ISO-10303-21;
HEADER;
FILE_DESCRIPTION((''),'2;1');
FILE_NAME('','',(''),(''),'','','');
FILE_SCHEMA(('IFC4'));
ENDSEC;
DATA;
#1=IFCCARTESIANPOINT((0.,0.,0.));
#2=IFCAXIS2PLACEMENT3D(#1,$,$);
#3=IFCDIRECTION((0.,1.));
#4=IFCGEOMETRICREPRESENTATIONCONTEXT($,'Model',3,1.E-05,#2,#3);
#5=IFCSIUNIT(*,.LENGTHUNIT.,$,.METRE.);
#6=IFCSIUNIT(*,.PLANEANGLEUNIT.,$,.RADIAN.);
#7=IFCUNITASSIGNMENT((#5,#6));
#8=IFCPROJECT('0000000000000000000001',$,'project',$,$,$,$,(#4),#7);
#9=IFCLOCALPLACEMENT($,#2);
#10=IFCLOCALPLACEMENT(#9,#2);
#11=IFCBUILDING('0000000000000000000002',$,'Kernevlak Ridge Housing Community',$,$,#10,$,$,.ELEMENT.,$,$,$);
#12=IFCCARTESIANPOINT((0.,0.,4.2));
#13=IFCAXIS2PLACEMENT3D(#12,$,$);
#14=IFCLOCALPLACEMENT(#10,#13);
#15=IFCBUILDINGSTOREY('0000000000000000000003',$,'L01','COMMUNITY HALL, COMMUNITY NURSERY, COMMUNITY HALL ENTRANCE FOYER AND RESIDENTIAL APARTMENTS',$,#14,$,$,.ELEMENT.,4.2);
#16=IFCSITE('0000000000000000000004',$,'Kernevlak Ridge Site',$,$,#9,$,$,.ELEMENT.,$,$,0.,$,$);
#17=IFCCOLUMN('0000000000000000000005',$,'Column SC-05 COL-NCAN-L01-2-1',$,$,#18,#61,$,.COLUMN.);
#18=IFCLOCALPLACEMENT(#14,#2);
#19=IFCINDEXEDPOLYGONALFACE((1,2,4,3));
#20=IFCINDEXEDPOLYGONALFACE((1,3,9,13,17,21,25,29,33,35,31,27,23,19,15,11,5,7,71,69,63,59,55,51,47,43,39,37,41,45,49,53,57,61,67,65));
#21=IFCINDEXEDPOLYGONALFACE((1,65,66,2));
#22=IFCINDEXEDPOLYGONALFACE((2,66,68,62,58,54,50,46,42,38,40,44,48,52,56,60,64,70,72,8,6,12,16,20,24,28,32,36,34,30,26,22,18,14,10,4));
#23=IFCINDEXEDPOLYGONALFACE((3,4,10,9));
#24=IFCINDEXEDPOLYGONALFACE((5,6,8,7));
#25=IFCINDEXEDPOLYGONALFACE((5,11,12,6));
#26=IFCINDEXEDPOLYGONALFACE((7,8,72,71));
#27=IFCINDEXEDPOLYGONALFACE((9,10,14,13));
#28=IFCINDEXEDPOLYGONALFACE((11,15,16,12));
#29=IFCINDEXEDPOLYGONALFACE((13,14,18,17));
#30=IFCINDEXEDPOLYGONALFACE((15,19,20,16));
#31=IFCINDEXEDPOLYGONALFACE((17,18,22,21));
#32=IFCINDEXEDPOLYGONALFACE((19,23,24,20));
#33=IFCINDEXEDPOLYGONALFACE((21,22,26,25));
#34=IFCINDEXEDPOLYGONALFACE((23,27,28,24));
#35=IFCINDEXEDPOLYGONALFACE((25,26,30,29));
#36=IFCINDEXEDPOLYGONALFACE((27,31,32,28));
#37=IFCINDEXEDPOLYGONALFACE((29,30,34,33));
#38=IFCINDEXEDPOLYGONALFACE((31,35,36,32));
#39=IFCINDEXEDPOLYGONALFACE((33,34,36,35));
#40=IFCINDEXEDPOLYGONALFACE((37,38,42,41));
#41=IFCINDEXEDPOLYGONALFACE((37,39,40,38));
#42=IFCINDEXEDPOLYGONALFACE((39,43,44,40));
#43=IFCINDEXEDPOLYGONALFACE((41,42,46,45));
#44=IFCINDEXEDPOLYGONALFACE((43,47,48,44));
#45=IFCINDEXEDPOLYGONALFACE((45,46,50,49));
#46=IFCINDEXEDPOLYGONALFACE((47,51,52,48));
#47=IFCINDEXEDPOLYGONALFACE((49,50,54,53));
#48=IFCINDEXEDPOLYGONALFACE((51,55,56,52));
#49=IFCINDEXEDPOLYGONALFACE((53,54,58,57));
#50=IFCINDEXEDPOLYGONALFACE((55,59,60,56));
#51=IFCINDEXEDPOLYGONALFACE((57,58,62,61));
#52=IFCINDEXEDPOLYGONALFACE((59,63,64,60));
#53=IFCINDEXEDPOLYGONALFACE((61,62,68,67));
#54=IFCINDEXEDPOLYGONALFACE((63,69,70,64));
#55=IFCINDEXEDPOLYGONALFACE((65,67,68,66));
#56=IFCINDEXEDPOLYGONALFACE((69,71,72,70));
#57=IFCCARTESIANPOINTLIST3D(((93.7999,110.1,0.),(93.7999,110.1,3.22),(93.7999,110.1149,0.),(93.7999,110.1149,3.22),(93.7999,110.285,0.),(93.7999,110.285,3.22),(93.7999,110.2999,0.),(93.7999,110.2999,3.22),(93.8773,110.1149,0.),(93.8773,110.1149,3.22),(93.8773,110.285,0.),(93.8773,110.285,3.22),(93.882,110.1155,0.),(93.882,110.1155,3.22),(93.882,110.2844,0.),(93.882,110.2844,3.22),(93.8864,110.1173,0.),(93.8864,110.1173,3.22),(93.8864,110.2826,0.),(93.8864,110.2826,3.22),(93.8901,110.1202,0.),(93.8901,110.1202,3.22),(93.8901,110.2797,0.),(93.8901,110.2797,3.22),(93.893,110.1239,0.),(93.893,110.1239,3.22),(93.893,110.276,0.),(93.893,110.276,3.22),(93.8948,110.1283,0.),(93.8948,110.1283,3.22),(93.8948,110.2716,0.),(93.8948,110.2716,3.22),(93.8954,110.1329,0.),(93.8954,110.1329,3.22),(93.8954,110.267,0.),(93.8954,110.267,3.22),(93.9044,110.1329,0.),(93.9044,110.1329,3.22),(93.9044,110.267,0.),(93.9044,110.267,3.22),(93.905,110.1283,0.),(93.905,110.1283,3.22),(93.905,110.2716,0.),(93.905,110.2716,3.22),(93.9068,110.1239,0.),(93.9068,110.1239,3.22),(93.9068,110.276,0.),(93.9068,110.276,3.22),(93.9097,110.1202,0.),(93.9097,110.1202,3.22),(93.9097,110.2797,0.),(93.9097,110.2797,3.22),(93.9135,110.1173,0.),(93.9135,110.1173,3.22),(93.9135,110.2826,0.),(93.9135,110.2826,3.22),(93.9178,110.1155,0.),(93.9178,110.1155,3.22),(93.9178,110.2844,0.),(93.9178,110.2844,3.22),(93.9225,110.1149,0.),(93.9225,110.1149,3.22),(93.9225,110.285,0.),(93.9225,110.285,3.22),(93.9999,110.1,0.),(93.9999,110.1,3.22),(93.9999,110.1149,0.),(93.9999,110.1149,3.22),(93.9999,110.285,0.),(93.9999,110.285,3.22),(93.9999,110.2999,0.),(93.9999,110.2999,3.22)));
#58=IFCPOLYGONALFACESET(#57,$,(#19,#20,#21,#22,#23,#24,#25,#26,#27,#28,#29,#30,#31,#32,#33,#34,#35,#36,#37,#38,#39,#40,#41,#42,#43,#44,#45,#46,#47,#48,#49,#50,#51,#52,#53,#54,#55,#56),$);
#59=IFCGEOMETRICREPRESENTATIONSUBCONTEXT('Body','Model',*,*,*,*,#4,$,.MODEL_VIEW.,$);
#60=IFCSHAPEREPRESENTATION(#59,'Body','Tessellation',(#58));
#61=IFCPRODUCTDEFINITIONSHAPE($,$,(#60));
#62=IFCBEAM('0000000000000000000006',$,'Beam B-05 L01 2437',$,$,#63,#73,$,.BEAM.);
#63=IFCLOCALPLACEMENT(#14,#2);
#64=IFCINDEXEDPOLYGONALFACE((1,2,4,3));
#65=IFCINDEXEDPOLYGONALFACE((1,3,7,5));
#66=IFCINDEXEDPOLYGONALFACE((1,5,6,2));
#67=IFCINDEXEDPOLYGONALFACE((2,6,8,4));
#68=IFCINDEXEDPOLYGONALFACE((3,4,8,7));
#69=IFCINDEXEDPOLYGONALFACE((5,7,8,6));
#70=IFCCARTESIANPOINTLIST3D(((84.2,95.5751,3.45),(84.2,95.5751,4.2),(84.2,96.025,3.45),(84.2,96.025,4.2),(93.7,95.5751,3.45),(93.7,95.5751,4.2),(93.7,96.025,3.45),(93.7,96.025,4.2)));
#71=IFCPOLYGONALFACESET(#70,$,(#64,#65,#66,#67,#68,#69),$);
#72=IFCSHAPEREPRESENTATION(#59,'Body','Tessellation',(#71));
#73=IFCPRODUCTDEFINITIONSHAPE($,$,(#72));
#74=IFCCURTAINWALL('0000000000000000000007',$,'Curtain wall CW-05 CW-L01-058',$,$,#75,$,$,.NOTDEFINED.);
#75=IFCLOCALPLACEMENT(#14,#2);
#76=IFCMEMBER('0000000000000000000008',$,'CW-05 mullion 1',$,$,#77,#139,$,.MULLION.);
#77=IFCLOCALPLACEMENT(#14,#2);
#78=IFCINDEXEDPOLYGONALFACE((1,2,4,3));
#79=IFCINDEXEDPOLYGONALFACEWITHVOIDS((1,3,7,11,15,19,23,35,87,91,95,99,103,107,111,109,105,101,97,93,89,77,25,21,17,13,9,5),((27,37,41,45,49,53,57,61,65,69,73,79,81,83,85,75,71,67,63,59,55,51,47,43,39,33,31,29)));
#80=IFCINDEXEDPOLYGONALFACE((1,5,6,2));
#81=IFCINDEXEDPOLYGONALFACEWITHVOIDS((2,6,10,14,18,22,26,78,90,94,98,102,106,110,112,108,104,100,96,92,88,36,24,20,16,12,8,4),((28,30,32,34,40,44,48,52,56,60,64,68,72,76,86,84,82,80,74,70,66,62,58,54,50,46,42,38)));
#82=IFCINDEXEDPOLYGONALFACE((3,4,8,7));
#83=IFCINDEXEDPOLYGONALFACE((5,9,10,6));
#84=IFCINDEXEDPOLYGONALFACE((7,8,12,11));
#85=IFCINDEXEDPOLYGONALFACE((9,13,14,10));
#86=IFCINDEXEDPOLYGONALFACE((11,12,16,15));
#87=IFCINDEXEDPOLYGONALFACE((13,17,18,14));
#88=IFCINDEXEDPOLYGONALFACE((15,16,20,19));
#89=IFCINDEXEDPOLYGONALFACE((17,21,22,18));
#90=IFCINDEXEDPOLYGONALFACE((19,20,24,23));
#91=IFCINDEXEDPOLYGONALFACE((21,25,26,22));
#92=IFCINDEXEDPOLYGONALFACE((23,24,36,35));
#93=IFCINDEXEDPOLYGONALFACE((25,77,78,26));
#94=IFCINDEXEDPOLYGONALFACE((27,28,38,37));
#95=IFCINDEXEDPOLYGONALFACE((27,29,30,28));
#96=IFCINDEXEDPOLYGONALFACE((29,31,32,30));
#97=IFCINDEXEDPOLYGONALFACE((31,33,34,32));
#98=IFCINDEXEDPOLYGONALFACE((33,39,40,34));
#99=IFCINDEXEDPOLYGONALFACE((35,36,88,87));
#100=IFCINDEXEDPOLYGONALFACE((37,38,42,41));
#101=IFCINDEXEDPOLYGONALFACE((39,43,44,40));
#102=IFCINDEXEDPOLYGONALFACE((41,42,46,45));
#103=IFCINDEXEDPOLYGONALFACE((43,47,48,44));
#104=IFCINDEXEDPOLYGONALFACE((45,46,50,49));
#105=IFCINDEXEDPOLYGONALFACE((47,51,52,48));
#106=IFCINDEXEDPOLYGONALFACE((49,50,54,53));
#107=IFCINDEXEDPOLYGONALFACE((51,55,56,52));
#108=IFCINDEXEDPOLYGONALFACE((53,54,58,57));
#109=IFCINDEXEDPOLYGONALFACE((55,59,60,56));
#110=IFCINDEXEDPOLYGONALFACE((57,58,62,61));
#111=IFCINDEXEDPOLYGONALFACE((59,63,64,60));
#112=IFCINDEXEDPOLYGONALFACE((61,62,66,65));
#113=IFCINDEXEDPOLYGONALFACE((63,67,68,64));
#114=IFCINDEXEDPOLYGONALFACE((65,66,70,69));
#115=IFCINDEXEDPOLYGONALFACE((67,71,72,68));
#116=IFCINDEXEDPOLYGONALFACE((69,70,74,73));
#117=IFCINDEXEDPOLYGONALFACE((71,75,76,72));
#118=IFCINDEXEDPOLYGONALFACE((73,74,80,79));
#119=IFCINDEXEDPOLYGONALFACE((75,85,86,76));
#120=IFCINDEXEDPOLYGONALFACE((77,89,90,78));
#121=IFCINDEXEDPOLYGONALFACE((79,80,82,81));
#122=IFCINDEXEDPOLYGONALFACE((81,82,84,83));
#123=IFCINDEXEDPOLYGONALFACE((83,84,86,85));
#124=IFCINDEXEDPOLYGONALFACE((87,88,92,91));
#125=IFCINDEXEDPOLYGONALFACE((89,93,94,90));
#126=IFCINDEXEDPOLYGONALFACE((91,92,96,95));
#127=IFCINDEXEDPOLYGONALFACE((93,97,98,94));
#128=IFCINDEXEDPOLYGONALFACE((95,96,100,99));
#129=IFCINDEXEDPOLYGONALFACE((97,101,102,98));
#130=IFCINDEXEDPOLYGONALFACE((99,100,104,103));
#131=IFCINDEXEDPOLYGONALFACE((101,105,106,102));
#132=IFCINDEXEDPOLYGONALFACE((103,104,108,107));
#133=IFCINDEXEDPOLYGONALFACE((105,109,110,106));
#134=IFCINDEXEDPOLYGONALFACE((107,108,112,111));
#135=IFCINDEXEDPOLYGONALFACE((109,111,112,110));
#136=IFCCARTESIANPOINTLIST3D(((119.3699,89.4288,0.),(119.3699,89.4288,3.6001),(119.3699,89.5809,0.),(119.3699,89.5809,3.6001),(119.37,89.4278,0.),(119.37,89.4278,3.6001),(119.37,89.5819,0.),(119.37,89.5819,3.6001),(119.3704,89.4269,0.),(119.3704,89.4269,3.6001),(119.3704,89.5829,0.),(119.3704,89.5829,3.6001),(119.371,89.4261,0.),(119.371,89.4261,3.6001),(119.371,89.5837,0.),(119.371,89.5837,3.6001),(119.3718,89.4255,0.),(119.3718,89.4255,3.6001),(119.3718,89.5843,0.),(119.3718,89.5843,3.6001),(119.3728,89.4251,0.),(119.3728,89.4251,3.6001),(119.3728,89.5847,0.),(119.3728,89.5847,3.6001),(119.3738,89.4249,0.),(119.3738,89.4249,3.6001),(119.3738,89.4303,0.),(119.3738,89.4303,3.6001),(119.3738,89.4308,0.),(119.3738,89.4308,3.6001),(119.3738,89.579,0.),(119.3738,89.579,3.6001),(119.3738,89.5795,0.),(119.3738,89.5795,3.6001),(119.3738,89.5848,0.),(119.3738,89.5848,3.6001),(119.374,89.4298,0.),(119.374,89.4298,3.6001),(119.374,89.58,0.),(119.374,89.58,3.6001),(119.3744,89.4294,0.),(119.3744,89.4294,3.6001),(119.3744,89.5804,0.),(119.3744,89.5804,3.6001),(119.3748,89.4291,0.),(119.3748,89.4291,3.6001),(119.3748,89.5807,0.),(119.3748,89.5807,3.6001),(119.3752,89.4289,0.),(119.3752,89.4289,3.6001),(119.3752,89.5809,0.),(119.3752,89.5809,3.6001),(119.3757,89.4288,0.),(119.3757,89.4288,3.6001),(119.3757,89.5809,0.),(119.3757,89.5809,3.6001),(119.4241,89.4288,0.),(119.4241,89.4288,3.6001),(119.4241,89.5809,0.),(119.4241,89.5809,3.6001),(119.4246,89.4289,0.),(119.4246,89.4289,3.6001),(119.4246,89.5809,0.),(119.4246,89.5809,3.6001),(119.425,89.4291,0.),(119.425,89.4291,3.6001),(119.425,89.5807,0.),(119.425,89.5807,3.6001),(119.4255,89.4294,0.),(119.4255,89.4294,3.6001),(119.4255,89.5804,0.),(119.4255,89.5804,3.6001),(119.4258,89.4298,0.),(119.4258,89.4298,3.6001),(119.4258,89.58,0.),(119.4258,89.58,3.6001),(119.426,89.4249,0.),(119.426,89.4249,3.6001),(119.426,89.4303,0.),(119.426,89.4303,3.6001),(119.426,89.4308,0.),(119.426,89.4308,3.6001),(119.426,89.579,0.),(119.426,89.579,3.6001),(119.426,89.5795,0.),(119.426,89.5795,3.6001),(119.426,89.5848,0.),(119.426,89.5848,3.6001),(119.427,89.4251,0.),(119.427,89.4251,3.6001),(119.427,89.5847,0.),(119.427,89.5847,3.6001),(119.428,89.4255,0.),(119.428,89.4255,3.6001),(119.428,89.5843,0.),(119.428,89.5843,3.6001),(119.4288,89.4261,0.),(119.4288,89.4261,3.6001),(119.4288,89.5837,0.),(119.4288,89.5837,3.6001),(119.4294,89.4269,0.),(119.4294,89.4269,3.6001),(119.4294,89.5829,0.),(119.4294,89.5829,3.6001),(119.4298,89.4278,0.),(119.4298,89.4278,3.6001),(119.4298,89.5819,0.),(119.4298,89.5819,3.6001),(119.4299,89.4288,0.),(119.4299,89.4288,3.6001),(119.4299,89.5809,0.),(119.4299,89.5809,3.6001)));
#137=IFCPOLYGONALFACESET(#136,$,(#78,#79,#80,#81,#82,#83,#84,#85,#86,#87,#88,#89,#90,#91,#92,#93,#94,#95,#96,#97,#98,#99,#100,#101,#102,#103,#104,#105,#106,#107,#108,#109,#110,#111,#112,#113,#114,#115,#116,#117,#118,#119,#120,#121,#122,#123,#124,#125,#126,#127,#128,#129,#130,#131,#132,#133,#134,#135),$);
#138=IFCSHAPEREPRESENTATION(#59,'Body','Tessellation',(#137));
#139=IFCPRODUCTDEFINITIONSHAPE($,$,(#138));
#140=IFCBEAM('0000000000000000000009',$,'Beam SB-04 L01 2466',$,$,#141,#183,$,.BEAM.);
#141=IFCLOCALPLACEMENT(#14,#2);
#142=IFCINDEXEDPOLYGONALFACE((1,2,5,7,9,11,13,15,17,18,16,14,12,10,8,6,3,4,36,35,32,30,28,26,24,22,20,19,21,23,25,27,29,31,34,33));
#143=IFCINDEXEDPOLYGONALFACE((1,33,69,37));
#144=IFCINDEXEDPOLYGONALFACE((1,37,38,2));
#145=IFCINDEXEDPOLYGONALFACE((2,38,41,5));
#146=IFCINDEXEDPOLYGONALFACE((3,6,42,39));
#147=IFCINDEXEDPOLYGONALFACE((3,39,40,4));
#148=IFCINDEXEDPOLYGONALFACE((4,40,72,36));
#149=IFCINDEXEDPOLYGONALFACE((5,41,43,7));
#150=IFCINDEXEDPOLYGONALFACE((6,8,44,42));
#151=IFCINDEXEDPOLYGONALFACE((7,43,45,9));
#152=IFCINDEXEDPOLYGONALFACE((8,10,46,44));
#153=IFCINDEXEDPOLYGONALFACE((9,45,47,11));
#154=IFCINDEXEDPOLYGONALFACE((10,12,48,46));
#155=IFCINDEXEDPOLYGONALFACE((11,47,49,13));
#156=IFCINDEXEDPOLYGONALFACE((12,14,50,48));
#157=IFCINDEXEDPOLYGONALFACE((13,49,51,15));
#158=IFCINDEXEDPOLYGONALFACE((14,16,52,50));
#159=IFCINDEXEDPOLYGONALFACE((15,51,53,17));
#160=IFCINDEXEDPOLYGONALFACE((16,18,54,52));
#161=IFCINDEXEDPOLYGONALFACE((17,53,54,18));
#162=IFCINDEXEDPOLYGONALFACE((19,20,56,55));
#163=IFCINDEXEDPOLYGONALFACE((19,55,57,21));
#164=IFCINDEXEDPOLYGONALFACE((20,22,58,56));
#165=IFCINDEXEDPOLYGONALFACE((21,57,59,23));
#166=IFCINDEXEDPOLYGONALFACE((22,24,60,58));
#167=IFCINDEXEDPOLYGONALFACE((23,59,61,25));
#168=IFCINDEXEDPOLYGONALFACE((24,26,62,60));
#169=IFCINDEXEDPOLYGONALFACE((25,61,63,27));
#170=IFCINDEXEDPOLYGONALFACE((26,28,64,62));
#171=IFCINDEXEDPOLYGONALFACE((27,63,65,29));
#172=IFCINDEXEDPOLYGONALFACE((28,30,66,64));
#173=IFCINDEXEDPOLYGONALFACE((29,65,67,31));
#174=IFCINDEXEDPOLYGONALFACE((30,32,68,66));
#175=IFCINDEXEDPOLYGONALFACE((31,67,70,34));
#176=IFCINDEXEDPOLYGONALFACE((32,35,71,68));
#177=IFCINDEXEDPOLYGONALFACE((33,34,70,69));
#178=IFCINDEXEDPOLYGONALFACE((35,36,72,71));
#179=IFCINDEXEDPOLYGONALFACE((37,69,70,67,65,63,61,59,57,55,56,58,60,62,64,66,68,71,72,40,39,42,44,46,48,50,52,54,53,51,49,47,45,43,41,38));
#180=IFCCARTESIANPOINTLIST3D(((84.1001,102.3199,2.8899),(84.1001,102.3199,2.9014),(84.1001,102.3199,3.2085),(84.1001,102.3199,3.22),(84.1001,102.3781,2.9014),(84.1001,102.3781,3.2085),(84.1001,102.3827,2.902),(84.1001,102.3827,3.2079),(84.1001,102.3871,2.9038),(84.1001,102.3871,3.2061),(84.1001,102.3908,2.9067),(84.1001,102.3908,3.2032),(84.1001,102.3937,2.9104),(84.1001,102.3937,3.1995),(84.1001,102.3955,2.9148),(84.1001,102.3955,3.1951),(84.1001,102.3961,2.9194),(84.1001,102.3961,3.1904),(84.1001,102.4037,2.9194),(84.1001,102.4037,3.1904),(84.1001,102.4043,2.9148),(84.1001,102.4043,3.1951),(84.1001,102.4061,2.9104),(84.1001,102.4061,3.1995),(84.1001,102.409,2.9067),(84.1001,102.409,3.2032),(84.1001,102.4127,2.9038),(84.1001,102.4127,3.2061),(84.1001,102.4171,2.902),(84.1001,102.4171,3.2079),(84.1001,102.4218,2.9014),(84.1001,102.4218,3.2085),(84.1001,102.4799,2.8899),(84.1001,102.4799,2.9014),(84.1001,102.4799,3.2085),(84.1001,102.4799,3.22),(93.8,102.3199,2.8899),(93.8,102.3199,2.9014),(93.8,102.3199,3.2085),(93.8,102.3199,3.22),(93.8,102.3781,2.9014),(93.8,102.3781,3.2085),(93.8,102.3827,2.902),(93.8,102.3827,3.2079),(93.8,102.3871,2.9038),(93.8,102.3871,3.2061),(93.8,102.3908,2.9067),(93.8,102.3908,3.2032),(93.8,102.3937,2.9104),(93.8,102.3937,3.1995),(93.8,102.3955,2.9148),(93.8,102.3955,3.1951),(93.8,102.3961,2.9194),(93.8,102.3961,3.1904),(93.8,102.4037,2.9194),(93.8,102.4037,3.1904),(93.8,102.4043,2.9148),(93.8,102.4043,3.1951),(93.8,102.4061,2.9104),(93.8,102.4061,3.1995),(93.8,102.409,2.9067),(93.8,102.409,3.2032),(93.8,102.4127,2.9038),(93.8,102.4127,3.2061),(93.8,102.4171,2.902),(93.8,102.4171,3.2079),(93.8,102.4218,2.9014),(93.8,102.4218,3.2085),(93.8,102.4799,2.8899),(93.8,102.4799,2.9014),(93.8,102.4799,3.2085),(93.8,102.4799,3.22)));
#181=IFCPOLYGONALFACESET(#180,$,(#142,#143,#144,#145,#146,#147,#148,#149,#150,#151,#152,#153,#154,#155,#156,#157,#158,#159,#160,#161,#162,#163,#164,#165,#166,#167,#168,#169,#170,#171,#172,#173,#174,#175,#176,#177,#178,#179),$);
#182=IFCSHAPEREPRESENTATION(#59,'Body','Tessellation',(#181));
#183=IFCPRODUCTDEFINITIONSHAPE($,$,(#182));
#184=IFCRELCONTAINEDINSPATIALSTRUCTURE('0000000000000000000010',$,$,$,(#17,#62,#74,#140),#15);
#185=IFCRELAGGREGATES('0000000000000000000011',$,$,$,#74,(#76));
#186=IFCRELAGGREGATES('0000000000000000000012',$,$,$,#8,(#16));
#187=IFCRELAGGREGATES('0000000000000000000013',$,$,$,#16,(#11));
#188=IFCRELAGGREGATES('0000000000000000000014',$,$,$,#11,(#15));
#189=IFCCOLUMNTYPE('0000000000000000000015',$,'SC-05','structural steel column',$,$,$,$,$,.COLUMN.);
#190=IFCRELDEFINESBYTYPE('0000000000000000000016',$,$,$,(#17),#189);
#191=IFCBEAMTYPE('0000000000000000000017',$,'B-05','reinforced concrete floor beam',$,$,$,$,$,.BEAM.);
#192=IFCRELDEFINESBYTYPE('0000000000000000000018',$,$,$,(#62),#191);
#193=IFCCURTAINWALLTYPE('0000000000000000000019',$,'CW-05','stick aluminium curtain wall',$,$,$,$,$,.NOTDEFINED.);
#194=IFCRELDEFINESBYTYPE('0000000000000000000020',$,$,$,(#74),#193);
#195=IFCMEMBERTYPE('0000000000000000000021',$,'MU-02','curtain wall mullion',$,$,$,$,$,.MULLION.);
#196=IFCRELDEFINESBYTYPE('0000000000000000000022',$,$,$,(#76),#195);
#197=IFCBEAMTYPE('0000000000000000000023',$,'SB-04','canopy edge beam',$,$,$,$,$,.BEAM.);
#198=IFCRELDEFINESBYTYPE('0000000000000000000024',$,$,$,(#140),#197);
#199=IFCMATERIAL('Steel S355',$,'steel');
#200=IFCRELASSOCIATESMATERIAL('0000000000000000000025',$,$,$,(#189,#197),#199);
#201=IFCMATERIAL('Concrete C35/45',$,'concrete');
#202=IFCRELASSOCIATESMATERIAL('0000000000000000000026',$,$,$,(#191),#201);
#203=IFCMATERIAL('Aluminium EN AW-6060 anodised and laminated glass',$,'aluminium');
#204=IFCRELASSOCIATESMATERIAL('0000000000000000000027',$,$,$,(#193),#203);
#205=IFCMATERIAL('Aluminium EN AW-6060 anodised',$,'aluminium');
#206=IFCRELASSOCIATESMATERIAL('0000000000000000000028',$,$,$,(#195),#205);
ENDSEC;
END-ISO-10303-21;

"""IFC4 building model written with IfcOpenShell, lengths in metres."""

from ifc_helpers import new_model, si_unit, direction, frame, origin, origin_2d, place, context, subcontext, project, spatial, rectangle, hollow_rectangle, i_section, extrude, material, material_profile, profile_set, type_object, element, aggregate, save


model = new_model("IFC4")

# Units and contexts
model_context = context("Model", 3, precision=1e-05, world=origin(), true_north=direction((0.0, 1.0)))
body_context = subcontext(model_context, "Body", "Model", "MODEL_VIEW")
ifc_project = project(units=[si_unit("LENGTHUNIT", "METRE"), si_unit("PLANEANGLEUNIT", "RADIAN")], contexts=[model_context])

# Site, building, storey
site_placement = place(None, origin())
site = spatial("IfcSite", under=ifc_project, at=site_placement, Name="Kernevlak Ridge Site", CompositionType="ELEMENT", RefElevation=0.0)
building_placement = place(site_placement, origin())
building = spatial("IfcBuilding", under=site, at=building_placement, Name="Kernevlak Ridge Housing Community", CompositionType="ELEMENT")
storey_placement = place(building_placement, frame((0.0, 0.0, 4.2)))
storey = spatial("IfcBuildingStorey", under=building, at=storey_placement, Name="L01", Description="COMMUNITY HALL, COMMUNITY NURSERY, COMMUNITY HALL ENTRANCE FOYER AND RESIDENTIAL APARTMENTS", CompositionType="ELEMENT", Elevation=4.2)

# Column
ifc_material_1 = material(Name="Concrete C35/45", Category="concrete")
ifc_material_2 = material(Name="Steel S355", Category="steel")
ifc_material_profile_1 = material_profile(ifc_material_2, i_section(OverallWidth=0.2, OverallDepth=0.2, WebThickness=0.009, FlangeThickness=0.0149, FilletRadius=0.0181, at=origin_2d()), Name="HEB 200")
ifc_profile_set_1 = profile_set([ifc_material_profile_1], Name="Steel S355")
column_type_1 = type_object("IfcColumnType", Name="SC-05", Description="structural steel column", PredefinedType="COLUMN", material=ifc_profile_set_1)
for number, where, z_axis, x_axis, name in (
    (1, (93.8999, 110.2, 0.0), (0.0, 0.0, 1.0), (1.0, 0.0, 0.0), "Column SC-05 COL-NCAN-L01-2-1"),
):
    element("IfcColumn", number, at=place(storey_placement, frame(where, z_axis=z_axis, x_axis=x_axis)), inside=storey, type_object=column_type_1, Name=name, PredefinedType="COLUMN", context=body_context, shape_type="SweptSolid", body=[
        extrude(i_section(OverallWidth=0.2, OverallDepth=0.2, WebThickness=0.009, FlangeThickness=0.0149, FilletRadius=0.0181, at=origin_2d()), origin(), (0.0, 0.0, 1.0), 3.22),
    ])

# Beam
ifc_material_profile_2 = material_profile(ifc_material_1, rectangle(XDim=0.45, YDim=0.75, at=origin_2d()), Name="RC 450x750")
ifc_profile_set_2 = profile_set([ifc_material_profile_2], Name="Concrete C35/45")
beam_type_1 = type_object("IfcBeamType", Name="B-05", Description="reinforced concrete floor beam", PredefinedType="BEAM", material=ifc_profile_set_2)
beam_1_placement = place(storey_placement, frame((84.2, 95.8, 3.825), z_axis=(1.0, 0.0, 0.0), x_axis=(0.0, 1.0, 0.0)))
element("IfcBeam", 2, at=beam_1_placement, inside=storey, type_object=beam_type_1, Name="Beam B-05 L01 2437", PredefinedType="BEAM", context=body_context, shape_type="SweptSolid", body=[
    extrude(rectangle(XDim=0.45, YDim=0.75, at=origin_2d()), origin(), (0.0, 0.0, 1.0), 9.5),
])

# Curtain wall, member
ifc_material_3 = material(Name="Aluminium EN AW-6060 anodised and laminated glass", Category="aluminium")
curtain_wall_type = type_object("IfcCurtainWallType", Name="CW-05", Description="stick aluminium curtain wall", PredefinedType="NOTDEFINED", material=ifc_material_3)
curtain_wall_placement = place(storey_placement, origin())
curtain_wall = element("IfcCurtainWall", 3, at=curtain_wall_placement, inside=storey, type_object=curtain_wall_type, Name="Curtain wall CW-05 CW-L01-058", PredefinedType="NOTDEFINED")
ifc_material_4 = material(Name="Aluminium EN AW-6060 anodised", Category="aluminium")
ifc_material_profile_3 = material_profile(ifc_material_4, hollow_rectangle(XDim=0.0601, YDim=0.1599, WallThickness=0.0039, InnerFilletRadius=0.002, OuterFilletRadius=0.0039, at=origin_2d()), Name="ALU 60x160x4")
ifc_profile_set_3 = profile_set([ifc_material_profile_3], Name="Aluminium EN AW-6060 anodised")
member_type_1 = type_object("IfcMemberType", Name="MU-02", Description="curtain wall mullion", PredefinedType="MULLION", material=ifc_profile_set_3)
member_1_placement = place(storey_placement, frame((119.3999, 89.5049, 0.0), z_axis=(0.0, 0.0, 1.0), x_axis=(-1.0, 0.0, 0.0)))
member_1 = element("IfcMember", 4, at=member_1_placement, type_object=member_type_1, Name="CW-05 mullion 1", PredefinedType="MULLION", context=body_context, shape_type="SweptSolid", body=[
    extrude(hollow_rectangle(XDim=0.0601, YDim=0.1599, WallThickness=0.0039, InnerFilletRadius=0.002, OuterFilletRadius=0.0039, at=origin_2d()), origin(), (0.0, 0.0, 1.0), 3.6001),
])

# Beam
ifc_material_profile_4 = material_profile(ifc_material_2, i_section(OverallWidth=0.1599, OverallDepth=0.3301, WebThickness=0.0076, FlangeThickness=0.0115, FilletRadius=0.0181, at=origin_2d()), Name="IPE 330")
ifc_profile_set_4 = profile_set([ifc_material_profile_4], Name="Steel S355")
beam_type_2 = type_object("IfcBeamType", Name="SB-04", Description="canopy edge beam", PredefinedType="BEAM", material=ifc_profile_set_4)
for number, where, z_axis, x_axis, name in (
    (5, (84.1001, 102.3999, 3.0549), (1.0, 0.0, 0.0), (0.0, 1.0, 0.0), "Beam SB-04 L01 2466"),
):
    element("IfcBeam", number, at=place(storey_placement, frame(where, z_axis=z_axis, x_axis=x_axis)), inside=storey, type_object=beam_type_2, Name=name, PredefinedType="BEAM", context=body_context, shape_type="SweptSolid", body=[
        extrude(i_section(OverallWidth=0.1599, OverallDepth=0.3301, WebThickness=0.0076, FlangeThickness=0.0115, FilletRadius=0.0181, at=origin_2d()), origin(), (0.0, 0.0, 1.0), 9.7),
    ])

aggregate(curtain_wall, [member_1])

save(model, "model.ifc")
